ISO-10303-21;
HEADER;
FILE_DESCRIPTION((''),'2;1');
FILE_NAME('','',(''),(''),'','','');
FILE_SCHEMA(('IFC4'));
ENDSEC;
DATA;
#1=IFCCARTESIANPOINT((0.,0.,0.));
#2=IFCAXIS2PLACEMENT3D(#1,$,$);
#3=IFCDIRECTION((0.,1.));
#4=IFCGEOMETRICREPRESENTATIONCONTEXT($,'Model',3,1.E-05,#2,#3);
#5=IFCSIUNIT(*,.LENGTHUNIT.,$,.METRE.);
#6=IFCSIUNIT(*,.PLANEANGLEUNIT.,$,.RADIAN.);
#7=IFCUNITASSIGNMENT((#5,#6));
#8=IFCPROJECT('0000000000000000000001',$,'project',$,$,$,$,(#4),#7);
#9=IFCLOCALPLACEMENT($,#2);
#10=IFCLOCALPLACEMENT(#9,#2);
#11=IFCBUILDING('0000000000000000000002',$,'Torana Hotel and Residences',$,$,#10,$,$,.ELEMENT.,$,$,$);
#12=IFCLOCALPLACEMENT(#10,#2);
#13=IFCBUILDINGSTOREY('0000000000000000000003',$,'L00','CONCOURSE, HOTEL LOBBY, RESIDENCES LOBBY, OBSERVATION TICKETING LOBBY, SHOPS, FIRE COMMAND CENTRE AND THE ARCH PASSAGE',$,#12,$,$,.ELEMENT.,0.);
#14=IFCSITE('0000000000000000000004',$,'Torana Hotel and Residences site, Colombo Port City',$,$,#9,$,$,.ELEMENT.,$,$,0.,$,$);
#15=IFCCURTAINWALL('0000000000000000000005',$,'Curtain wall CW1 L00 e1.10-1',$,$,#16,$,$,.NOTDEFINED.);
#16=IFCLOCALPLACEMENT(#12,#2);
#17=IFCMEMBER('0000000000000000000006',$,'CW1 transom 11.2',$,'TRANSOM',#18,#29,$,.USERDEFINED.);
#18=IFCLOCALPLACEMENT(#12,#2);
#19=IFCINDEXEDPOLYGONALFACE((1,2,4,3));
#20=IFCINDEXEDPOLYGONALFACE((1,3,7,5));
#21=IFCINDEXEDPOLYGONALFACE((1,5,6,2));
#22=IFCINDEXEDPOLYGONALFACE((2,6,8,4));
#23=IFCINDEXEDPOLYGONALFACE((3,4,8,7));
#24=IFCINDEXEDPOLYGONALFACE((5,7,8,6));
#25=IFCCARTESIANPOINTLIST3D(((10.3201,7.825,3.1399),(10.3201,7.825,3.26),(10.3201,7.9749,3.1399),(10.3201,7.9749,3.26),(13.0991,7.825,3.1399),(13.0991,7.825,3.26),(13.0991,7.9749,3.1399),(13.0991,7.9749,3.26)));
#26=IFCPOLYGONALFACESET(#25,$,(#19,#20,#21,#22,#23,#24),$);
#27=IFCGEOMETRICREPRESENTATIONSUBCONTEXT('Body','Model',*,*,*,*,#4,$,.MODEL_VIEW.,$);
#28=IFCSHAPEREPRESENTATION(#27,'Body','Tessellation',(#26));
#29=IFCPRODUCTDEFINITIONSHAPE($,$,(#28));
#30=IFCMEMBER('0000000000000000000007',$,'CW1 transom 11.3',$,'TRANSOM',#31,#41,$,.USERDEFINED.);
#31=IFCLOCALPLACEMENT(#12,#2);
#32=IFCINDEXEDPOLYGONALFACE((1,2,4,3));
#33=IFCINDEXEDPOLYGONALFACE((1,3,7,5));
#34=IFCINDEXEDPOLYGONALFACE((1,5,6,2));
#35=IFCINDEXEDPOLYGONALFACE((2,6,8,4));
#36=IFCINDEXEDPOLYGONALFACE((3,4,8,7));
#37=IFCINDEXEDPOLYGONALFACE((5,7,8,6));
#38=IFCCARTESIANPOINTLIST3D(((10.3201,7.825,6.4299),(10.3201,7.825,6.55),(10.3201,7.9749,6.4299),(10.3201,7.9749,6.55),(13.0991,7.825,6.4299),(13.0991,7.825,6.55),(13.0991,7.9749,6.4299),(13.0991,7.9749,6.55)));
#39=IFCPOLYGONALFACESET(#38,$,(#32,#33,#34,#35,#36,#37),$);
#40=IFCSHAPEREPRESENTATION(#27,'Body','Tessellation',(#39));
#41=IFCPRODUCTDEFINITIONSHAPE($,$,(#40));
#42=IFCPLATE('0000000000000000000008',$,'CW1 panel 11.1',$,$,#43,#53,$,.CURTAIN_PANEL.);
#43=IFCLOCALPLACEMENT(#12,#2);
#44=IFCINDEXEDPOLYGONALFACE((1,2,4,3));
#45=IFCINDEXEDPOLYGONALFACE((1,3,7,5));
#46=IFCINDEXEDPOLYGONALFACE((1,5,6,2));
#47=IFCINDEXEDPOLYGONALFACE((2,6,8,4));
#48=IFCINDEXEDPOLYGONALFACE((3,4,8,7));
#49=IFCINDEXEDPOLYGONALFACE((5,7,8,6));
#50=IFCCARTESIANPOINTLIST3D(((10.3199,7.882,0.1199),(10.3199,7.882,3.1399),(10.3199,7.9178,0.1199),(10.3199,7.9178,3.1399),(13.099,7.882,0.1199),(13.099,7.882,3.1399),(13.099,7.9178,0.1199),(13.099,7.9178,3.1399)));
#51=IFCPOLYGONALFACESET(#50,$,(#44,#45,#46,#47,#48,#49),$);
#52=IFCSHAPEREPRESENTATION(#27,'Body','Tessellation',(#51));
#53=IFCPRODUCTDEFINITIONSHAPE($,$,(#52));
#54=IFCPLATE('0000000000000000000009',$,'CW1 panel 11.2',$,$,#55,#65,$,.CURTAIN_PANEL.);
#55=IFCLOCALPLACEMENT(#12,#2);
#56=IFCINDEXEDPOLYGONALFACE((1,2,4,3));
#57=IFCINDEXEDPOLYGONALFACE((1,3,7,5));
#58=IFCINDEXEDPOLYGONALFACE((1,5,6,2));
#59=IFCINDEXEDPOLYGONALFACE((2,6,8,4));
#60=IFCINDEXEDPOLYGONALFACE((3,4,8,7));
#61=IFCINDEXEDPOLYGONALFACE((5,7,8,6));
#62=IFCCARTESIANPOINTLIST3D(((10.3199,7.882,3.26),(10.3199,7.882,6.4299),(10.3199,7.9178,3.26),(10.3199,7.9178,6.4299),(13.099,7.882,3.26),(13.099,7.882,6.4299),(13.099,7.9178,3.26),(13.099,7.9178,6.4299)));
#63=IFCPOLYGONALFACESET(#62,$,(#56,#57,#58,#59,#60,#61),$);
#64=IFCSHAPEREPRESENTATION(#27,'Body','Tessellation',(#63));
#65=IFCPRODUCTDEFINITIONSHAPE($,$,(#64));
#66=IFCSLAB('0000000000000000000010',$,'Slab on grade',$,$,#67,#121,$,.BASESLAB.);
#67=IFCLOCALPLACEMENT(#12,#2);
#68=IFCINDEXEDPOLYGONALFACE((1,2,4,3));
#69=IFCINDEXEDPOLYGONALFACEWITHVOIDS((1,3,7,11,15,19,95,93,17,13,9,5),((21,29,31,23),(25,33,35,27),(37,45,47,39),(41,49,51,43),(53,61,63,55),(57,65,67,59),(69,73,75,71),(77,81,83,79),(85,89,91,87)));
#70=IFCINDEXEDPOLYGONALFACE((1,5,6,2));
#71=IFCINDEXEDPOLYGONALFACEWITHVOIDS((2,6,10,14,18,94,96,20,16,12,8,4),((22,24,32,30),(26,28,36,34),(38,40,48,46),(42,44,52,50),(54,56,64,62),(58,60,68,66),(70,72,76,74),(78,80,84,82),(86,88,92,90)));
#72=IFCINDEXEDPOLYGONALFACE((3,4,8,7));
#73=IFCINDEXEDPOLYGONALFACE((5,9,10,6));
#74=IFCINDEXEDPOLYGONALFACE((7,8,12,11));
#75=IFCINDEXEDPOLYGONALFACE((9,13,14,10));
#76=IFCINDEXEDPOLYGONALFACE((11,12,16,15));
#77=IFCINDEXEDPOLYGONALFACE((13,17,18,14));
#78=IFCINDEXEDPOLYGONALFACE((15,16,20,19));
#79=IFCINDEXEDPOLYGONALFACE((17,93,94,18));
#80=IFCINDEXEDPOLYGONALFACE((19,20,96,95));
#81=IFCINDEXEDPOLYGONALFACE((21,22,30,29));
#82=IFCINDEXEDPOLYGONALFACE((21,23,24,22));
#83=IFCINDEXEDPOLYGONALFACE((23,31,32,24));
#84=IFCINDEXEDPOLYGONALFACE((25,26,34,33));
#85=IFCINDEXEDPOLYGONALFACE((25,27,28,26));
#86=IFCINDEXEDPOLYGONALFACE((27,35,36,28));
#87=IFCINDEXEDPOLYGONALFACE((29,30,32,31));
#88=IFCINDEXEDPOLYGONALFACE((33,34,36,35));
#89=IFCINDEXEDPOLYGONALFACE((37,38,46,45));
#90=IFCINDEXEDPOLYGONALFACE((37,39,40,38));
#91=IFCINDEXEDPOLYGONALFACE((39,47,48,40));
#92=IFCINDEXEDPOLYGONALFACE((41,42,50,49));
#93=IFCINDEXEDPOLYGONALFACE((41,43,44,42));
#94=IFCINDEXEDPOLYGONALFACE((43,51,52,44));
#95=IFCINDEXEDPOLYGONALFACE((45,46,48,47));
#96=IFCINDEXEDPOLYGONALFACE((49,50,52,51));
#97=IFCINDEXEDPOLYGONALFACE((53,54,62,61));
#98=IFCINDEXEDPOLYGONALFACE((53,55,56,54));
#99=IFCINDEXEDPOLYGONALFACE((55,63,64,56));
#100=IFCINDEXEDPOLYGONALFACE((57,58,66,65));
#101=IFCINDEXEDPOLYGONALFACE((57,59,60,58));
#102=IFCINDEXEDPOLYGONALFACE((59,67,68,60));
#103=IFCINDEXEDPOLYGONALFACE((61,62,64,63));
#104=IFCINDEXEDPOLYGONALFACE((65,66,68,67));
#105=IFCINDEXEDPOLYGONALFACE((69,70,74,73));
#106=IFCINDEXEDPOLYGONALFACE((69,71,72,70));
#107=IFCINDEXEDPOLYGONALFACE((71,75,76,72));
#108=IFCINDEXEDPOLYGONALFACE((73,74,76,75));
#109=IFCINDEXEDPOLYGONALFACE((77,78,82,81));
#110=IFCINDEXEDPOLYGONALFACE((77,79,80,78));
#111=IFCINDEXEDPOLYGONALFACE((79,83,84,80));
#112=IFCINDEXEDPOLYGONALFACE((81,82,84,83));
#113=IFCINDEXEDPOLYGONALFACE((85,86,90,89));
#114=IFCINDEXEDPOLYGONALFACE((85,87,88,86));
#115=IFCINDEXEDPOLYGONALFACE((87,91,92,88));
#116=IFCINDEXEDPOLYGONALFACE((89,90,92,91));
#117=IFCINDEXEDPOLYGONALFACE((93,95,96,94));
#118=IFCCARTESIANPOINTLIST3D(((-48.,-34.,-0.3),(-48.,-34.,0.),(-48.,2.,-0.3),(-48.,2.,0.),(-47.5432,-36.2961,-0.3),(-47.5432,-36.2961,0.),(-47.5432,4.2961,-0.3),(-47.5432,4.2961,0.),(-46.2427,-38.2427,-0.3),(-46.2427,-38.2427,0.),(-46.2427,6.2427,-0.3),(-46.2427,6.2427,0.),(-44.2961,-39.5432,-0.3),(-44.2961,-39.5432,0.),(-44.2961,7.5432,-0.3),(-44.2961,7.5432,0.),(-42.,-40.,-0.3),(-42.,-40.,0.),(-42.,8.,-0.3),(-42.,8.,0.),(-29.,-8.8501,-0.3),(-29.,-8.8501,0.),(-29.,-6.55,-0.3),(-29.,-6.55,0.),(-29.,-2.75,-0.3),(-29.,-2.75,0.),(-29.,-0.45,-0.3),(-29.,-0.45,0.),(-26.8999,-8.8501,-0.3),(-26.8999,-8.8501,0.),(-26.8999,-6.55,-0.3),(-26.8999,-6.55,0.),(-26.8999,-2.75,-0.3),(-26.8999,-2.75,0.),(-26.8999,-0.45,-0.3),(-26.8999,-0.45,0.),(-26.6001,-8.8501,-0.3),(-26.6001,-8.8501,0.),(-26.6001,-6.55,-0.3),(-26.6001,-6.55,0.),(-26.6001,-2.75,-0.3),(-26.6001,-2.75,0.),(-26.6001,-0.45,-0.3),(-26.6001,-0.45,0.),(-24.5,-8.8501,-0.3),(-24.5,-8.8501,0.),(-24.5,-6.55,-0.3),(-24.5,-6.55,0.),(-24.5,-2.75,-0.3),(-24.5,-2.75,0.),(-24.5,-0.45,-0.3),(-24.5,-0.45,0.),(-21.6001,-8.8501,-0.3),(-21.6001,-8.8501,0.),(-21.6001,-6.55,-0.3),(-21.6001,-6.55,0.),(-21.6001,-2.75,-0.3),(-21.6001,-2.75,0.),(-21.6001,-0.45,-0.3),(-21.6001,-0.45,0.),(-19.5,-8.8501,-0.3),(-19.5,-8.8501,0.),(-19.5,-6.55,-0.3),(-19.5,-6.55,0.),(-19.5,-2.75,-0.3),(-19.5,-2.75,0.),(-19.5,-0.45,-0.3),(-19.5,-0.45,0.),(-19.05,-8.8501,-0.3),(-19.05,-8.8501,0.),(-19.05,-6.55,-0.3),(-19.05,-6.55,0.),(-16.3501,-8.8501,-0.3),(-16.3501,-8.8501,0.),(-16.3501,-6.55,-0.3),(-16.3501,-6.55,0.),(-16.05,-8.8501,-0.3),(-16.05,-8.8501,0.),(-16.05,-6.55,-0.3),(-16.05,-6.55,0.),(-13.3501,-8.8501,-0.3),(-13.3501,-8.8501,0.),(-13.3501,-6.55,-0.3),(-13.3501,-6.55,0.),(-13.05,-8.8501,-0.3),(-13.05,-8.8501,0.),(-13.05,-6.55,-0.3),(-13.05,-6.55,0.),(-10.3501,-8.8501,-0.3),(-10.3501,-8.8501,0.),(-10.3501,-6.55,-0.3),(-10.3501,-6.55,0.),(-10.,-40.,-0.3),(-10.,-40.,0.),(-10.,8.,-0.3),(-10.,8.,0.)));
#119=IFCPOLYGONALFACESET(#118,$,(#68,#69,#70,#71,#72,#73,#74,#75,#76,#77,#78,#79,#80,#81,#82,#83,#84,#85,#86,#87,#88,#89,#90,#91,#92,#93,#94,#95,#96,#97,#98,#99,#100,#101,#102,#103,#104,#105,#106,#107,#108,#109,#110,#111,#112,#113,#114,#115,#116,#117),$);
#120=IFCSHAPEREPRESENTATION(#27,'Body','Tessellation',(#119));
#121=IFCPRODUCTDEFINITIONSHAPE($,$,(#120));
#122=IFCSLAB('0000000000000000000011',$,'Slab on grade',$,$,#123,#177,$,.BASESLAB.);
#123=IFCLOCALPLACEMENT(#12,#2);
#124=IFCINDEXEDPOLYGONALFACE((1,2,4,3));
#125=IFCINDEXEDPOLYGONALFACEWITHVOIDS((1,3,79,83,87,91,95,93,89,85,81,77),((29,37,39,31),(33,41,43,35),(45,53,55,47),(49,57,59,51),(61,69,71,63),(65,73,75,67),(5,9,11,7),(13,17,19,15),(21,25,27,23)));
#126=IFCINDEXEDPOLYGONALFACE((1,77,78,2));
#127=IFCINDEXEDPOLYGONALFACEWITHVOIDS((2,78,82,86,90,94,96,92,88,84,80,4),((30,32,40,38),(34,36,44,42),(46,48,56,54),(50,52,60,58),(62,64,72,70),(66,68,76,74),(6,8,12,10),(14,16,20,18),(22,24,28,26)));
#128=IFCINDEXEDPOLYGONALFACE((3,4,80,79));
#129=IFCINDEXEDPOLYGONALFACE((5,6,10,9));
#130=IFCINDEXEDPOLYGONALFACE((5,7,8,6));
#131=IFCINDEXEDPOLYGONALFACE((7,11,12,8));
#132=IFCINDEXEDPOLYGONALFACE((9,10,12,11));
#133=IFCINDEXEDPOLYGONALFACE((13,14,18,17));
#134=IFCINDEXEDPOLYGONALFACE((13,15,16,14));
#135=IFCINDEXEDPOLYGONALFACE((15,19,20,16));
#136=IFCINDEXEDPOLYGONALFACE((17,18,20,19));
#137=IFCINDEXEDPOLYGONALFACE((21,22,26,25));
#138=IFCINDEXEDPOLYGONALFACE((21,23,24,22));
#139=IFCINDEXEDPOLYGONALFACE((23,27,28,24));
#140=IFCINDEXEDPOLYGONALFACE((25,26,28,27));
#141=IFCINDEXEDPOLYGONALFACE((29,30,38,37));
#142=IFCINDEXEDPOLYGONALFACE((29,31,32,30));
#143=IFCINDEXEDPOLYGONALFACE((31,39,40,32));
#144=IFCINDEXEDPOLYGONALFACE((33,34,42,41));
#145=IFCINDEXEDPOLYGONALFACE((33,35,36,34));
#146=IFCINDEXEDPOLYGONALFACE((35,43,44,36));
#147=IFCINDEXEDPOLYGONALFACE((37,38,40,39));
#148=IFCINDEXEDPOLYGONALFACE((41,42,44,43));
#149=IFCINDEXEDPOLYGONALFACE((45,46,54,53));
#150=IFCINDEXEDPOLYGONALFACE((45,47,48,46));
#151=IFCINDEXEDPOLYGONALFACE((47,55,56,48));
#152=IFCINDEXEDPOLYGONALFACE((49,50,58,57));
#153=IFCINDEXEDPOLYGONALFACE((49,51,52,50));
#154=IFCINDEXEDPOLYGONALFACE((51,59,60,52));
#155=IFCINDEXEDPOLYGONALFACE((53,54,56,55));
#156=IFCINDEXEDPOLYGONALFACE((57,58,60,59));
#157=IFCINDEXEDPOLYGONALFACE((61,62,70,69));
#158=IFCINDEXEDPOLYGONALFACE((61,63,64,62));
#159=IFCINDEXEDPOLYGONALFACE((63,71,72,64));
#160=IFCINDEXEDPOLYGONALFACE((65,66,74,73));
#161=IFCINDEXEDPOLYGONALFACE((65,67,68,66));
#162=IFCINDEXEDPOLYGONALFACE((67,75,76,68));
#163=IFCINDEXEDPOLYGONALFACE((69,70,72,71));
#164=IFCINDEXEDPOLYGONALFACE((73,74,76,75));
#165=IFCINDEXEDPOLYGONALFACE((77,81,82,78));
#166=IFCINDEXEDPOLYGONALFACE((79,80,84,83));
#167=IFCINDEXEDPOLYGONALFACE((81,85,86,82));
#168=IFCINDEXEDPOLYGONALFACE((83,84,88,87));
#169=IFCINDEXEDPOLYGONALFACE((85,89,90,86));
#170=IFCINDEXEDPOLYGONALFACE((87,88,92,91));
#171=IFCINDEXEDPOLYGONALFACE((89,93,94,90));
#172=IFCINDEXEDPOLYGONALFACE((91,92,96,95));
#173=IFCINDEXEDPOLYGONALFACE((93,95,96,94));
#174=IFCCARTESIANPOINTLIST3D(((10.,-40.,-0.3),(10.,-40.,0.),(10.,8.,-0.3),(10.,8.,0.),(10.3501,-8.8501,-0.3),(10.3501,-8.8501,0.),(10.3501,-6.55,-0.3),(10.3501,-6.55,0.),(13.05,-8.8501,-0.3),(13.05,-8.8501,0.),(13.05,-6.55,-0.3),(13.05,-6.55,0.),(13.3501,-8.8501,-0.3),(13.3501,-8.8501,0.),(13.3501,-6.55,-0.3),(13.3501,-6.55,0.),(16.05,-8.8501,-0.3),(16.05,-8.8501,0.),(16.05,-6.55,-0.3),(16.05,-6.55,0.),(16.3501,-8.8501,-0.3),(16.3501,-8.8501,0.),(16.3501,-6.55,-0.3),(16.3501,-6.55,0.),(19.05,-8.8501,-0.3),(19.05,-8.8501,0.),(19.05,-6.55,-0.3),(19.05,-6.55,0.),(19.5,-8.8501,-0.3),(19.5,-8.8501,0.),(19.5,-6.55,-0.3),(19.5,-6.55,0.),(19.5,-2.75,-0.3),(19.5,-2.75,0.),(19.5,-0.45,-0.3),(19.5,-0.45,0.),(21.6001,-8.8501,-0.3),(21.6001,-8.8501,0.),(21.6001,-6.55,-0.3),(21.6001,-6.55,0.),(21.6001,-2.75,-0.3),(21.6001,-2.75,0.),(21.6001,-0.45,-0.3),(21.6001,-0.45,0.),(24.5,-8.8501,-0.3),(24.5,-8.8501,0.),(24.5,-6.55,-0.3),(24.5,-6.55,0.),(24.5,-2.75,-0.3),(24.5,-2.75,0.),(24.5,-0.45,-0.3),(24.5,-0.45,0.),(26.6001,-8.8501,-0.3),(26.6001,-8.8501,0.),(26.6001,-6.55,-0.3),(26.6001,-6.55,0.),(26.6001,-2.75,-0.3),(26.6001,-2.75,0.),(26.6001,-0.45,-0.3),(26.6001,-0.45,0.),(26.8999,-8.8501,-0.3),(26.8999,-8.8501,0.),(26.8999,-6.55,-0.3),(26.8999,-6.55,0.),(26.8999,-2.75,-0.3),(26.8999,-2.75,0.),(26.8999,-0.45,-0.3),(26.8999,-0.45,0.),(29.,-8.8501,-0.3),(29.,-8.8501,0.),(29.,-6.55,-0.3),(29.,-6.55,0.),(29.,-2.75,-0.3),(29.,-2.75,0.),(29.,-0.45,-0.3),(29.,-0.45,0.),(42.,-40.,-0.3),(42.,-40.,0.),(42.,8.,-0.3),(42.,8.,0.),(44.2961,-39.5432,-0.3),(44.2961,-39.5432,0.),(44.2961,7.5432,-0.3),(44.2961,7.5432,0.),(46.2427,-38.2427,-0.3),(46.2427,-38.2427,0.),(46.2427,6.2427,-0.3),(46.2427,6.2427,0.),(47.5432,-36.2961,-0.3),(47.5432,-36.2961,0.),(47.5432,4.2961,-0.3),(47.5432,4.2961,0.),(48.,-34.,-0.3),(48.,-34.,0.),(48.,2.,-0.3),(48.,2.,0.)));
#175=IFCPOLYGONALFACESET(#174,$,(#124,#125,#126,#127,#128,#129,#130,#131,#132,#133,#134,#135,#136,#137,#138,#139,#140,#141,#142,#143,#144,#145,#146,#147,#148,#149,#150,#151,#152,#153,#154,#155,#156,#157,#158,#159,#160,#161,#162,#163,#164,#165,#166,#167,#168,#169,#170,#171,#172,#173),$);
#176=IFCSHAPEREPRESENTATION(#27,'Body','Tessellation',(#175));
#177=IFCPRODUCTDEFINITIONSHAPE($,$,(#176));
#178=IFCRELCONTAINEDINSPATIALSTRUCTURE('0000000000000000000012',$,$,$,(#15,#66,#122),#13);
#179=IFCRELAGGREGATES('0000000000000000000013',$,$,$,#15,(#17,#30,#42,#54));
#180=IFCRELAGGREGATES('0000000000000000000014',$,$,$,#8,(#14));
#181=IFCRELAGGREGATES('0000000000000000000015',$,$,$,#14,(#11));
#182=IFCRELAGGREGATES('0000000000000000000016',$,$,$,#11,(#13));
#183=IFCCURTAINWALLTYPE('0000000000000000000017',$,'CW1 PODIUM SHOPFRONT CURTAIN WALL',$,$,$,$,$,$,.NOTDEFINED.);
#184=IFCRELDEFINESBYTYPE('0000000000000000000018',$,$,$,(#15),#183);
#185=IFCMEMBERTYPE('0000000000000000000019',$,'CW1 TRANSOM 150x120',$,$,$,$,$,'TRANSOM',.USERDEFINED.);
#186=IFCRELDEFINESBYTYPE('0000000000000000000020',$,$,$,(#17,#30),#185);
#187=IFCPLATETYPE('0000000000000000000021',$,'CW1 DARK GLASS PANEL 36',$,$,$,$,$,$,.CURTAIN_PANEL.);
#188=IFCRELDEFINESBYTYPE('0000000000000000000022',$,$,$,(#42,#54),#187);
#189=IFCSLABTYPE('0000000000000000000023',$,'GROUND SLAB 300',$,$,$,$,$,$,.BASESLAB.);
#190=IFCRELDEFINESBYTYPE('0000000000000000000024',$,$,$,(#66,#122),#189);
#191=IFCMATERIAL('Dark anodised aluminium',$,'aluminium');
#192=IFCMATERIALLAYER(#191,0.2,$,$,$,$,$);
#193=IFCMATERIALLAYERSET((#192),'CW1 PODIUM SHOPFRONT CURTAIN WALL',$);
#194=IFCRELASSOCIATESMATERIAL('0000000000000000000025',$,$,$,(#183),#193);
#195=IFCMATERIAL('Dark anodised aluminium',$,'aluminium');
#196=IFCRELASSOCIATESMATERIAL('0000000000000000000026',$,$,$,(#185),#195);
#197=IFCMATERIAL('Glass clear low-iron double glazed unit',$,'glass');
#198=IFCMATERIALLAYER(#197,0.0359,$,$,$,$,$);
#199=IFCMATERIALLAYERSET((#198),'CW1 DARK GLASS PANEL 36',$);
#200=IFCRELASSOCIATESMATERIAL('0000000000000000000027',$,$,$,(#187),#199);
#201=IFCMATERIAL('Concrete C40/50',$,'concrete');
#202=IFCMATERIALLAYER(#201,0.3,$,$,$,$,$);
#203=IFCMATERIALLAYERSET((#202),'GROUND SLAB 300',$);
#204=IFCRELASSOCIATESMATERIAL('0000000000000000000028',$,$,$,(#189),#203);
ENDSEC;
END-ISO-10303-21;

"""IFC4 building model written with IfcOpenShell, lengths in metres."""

from ifc_helpers import new_model, si_unit, direction, frame, origin, origin_2d, place, context, subcontext, project, spatial, polyline, rectangle, outline, extrude, material, layer, layer_set, material_profile, profile_set, type_object, element, aggregate, save


model = new_model("IFC4")

# Units and contexts
model_context = context("Model", 3, precision=1e-05, world=origin(), true_north=direction((0.0, 1.0)))
body_context = subcontext(model_context, "Body", "Model", "MODEL_VIEW")
ifc_project = project(units=[si_unit("LENGTHUNIT", "METRE"), si_unit("PLANEANGLEUNIT", "RADIAN")], contexts=[model_context])

# Site, building, storey
site_placement = place(None, origin())
site = spatial("IfcSite", under=ifc_project, at=site_placement, Name="Torana Hotel and Residences site, Colombo Port City", CompositionType="ELEMENT", RefElevation=0.0)
building_placement = place(site_placement, origin())
building = spatial("IfcBuilding", under=site, at=building_placement, Name="Torana Hotel and Residences", CompositionType="ELEMENT")
storey_placement = place(building_placement, origin())
storey = spatial("IfcBuildingStorey", under=building, at=storey_placement, Name="L00", Description="CONCOURSE, HOTEL LOBBY, RESIDENCES LOBBY, OBSERVATION TICKETING LOBBY, SHOPS, FIRE COMMAND CENTRE AND THE ARCH PASSAGE", CompositionType="ELEMENT", Elevation=0.0)

# Curtain wall, members, plates
ifc_material_1 = material(Name="Dark anodised aluminium", Category="aluminium")
ifc_layer_1 = layer(ifc_material_1, 0.2)
ifc_layer_set_1 = layer_set([ifc_layer_1], Name="CW1 PODIUM SHOPFRONT CURTAIN WALL")
curtain_wall_type = type_object("IfcCurtainWallType", Name="CW1 PODIUM SHOPFRONT CURTAIN WALL", PredefinedType="NOTDEFINED", material=ifc_layer_set_1)
curtain_wall_placement = place(storey_placement, origin())
curtain_wall = element("IfcCurtainWall", 1, at=curtain_wall_placement, inside=storey, type_object=curtain_wall_type, Name="Curtain wall CW1 L00 e1.10-1", PredefinedType="NOTDEFINED")
ifc_material_2 = material(Name="Dark anodised aluminium", Category="aluminium")
ifc_material_profile_1 = material_profile(ifc_material_2, rectangle(XDim=0.1499, YDim=0.1201, at=origin_2d()), Name="CW1 TRANSOM 150x120")
ifc_profile_set_1 = profile_set([ifc_material_profile_1], Name="Dark anodised aluminium")
member_type_1 = type_object("IfcMemberType", Name="CW1 TRANSOM 150x120", ElementType="TRANSOM", PredefinedType="USERDEFINED", material=ifc_profile_set_1)
member_1_placement = place(storey_placement, frame((13.0991, 7.8999, 3.2), z_axis=(-1.0, 0.0, 0.0), x_axis=(0.0, -1.0, 0.0)))
member_1 = element("IfcMember", 2, at=member_1_placement, type_object=member_type_1, Name="CW1 transom 11.2", ObjectType="TRANSOM", PredefinedType="USERDEFINED", context=body_context, shape_type="SweptSolid", body=[
    extrude(rectangle(XDim=0.1499, YDim=0.1201, at=origin_2d()), origin(), (0.0, 0.0, 1.0), 2.7791),
])
member_2_placement = place(storey_placement, frame((13.0991, 7.8999, 6.49), z_axis=(-1.0, 0.0, 0.0), x_axis=(0.0, -1.0, 0.0)))
member_2 = element("IfcMember", 3, at=member_2_placement, type_object=member_type_1, Name="CW1 transom 11.3", ObjectType="TRANSOM", PredefinedType="USERDEFINED", context=body_context, shape_type="SweptSolid", body=[
    extrude(rectangle(XDim=0.1499, YDim=0.1201, at=origin_2d()), origin(), (0.0, 0.0, 1.0), 2.7791),
])
ifc_material_3 = material(Name="Glass clear low-iron double glazed unit", Category="glass")
ifc_layer_2 = layer(ifc_material_3, 0.0359)
ifc_layer_set_2 = layer_set([ifc_layer_2], Name="CW1 DARK GLASS PANEL 36")
plate_type = type_object("IfcPlateType", Name="CW1 DARK GLASS PANEL 36", PredefinedType="CURTAIN_PANEL", material=ifc_layer_set_2)
plate_1_placement = place(storey_placement, frame((11.7095, 7.8999, 0.1199), z_axis=(0.0, 0.0, 1.0), x_axis=(-1.0, 0.0, 0.0)))
plate_1 = element("IfcPlate", 4, at=plate_1_placement, type_object=plate_type, Name="CW1 panel 11.1", PredefinedType="CURTAIN_PANEL", context=body_context, shape_type="SweptSolid", body=[
    extrude(rectangle(XDim=2.7791, YDim=0.0359, at=origin_2d()), origin(), (0.0, 0.0, 1.0), 3.02),
])
plate_2_placement = place(storey_placement, frame((11.7095, 7.8999, 3.26), z_axis=(0.0, 0.0, 1.0), x_axis=(-1.0, 0.0, 0.0)))
plate_2 = element("IfcPlate", 5, at=plate_2_placement, type_object=plate_type, Name="CW1 panel 11.2", PredefinedType="CURTAIN_PANEL", context=body_context, shape_type="SweptSolid", body=[
    extrude(rectangle(XDim=2.7791, YDim=0.0359, at=origin_2d()), origin(), (0.0, 0.0, 1.0), 3.1699),
])
aggregate(curtain_wall, [member_1, member_2, plate_1, plate_2])

# Slabs
ifc_material_4 = material(Name="Concrete C40/50", Category="concrete")
ifc_layer_3 = layer(ifc_material_4, 0.3)
ifc_layer_set_3 = layer_set([ifc_layer_3], Name="GROUND SLAB 300")
slab_type_1 = type_object("IfcSlabType", Name="GROUND SLAB 300", PredefinedType="BASESLAB", material=ifc_layer_set_3)
slab_1_placement = place(storey_placement, frame((0.0, 0.0, -0.3)))
element("IfcSlab", 6, at=slab_1_placement, inside=storey, type_object=slab_type_1, Name="Slab on grade", PredefinedType="BASESLAB", context=body_context, shape_type="SweptSolid", body=[
    extrude(outline(polyline([(-42.0, -40.0), (-10.0, -40.0), (-10.0, 8.0), (-42.0, 8.0), (-44.2961, 7.5432), (-46.2427, 6.2427), (-47.5432, 4.2961), (-48.0, 2.0), (-48.0, -34.0), (-47.5432, -36.2961), (-46.2427, -38.2427), (-44.2961, -39.5432), (-42.0, -40.0)]), holes=[polyline([(-26.6001, -2.75), (-24.5, -2.75), (-24.5, -0.45), (-26.6001, -0.45), (-26.6001, -2.75)]), polyline([(-29.0, -2.75), (-26.8999, -2.75), (-26.8999, -0.45), (-29.0, -0.45), (-29.0, -2.75)]), polyline([(-26.6001, -8.8501), (-24.5, -8.8501), (-24.5, -6.55), (-26.6001, -6.55), (-26.6001, -8.8501)]), polyline([(-29.0, -8.8501), (-26.8999, -8.8501), (-26.8999, -6.55), (-29.0, -6.55), (-29.0, -8.8501)]), polyline([(-21.6001, -2.75), (-19.5, -2.75), (-19.5, -0.45), (-21.6001, -0.45), (-21.6001, -2.75)]), polyline([(-21.6001, -8.8501), (-19.5, -8.8501), (-19.5, -6.55), (-21.6001, -6.55), (-21.6001, -8.8501)]), polyline([(-13.05, -8.8501), (-10.3501, -8.8501), (-10.3501, -6.55), (-13.05, -6.55), (-13.05, -8.8501)]), polyline([(-16.05, -8.8501), (-13.3501, -8.8501), (-13.3501, -6.55), (-16.05, -6.55), (-16.05, -8.8501)]), polyline([(-19.05, -8.8501), (-16.3501, -8.8501), (-16.3501, -6.55), (-19.05, -6.55), (-19.05, -8.8501)])]), origin(), (0.0, 0.0, 1.0), 0.3),
])
slab_2_placement = place(storey_placement, frame((0.0, 0.0, -0.3)))
element("IfcSlab", 7, at=slab_2_placement, inside=storey, type_object=slab_type_1, Name="Slab on grade", PredefinedType="BASESLAB", context=body_context, shape_type="SweptSolid", body=[
    extrude(outline(polyline([(10.0, -40.0), (42.0, -40.0), (44.2961, -39.5432), (46.2427, -38.2427), (47.5432, -36.2961), (48.0, -34.0), (48.0, 2.0), (47.5432, 4.2961), (46.2427, 6.2427), (44.2961, 7.5432), (42.0, 8.0), (10.0, 8.0), (10.0, -40.0)]), holes=[polyline([(24.5, -2.75), (26.6001, -2.75), (26.6001, -0.45), (24.5, -0.45), (24.5, -2.75)]), polyline([(26.8999, -2.75), (29.0, -2.75), (29.0, -0.45), (26.8999, -0.45), (26.8999, -2.75)]), polyline([(24.5, -8.8501), (26.6001, -8.8501), (26.6001, -6.55), (24.5, -6.55), (24.5, -8.8501)]), polyline([(26.8999, -8.8501), (29.0, -8.8501), (29.0, -6.55), (26.8999, -6.55), (26.8999, -8.8501)]), polyline([(19.5, -2.75), (21.6001, -2.75), (21.6001, -0.45), (19.5, -0.45), (19.5, -2.75)]), polyline([(19.5, -8.8501), (21.6001, -8.8501), (21.6001, -6.55), (19.5, -6.55), (19.5, -8.8501)]), polyline([(10.3501, -8.8501), (13.05, -8.8501), (13.05, -6.55), (10.3501, -6.55), (10.3501, -8.8501)]), polyline([(13.3501, -8.8501), (16.05, -8.8501), (16.05, -6.55), (13.3501, -6.55), (13.3501, -8.8501)]), polyline([(16.3501, -8.8501), (19.05, -8.8501), (19.05, -6.55), (16.3501, -6.55), (16.3501, -8.8501)])]), origin(), (0.0, 0.0, 1.0), 0.3),
])

save(model, "model.ifc")
